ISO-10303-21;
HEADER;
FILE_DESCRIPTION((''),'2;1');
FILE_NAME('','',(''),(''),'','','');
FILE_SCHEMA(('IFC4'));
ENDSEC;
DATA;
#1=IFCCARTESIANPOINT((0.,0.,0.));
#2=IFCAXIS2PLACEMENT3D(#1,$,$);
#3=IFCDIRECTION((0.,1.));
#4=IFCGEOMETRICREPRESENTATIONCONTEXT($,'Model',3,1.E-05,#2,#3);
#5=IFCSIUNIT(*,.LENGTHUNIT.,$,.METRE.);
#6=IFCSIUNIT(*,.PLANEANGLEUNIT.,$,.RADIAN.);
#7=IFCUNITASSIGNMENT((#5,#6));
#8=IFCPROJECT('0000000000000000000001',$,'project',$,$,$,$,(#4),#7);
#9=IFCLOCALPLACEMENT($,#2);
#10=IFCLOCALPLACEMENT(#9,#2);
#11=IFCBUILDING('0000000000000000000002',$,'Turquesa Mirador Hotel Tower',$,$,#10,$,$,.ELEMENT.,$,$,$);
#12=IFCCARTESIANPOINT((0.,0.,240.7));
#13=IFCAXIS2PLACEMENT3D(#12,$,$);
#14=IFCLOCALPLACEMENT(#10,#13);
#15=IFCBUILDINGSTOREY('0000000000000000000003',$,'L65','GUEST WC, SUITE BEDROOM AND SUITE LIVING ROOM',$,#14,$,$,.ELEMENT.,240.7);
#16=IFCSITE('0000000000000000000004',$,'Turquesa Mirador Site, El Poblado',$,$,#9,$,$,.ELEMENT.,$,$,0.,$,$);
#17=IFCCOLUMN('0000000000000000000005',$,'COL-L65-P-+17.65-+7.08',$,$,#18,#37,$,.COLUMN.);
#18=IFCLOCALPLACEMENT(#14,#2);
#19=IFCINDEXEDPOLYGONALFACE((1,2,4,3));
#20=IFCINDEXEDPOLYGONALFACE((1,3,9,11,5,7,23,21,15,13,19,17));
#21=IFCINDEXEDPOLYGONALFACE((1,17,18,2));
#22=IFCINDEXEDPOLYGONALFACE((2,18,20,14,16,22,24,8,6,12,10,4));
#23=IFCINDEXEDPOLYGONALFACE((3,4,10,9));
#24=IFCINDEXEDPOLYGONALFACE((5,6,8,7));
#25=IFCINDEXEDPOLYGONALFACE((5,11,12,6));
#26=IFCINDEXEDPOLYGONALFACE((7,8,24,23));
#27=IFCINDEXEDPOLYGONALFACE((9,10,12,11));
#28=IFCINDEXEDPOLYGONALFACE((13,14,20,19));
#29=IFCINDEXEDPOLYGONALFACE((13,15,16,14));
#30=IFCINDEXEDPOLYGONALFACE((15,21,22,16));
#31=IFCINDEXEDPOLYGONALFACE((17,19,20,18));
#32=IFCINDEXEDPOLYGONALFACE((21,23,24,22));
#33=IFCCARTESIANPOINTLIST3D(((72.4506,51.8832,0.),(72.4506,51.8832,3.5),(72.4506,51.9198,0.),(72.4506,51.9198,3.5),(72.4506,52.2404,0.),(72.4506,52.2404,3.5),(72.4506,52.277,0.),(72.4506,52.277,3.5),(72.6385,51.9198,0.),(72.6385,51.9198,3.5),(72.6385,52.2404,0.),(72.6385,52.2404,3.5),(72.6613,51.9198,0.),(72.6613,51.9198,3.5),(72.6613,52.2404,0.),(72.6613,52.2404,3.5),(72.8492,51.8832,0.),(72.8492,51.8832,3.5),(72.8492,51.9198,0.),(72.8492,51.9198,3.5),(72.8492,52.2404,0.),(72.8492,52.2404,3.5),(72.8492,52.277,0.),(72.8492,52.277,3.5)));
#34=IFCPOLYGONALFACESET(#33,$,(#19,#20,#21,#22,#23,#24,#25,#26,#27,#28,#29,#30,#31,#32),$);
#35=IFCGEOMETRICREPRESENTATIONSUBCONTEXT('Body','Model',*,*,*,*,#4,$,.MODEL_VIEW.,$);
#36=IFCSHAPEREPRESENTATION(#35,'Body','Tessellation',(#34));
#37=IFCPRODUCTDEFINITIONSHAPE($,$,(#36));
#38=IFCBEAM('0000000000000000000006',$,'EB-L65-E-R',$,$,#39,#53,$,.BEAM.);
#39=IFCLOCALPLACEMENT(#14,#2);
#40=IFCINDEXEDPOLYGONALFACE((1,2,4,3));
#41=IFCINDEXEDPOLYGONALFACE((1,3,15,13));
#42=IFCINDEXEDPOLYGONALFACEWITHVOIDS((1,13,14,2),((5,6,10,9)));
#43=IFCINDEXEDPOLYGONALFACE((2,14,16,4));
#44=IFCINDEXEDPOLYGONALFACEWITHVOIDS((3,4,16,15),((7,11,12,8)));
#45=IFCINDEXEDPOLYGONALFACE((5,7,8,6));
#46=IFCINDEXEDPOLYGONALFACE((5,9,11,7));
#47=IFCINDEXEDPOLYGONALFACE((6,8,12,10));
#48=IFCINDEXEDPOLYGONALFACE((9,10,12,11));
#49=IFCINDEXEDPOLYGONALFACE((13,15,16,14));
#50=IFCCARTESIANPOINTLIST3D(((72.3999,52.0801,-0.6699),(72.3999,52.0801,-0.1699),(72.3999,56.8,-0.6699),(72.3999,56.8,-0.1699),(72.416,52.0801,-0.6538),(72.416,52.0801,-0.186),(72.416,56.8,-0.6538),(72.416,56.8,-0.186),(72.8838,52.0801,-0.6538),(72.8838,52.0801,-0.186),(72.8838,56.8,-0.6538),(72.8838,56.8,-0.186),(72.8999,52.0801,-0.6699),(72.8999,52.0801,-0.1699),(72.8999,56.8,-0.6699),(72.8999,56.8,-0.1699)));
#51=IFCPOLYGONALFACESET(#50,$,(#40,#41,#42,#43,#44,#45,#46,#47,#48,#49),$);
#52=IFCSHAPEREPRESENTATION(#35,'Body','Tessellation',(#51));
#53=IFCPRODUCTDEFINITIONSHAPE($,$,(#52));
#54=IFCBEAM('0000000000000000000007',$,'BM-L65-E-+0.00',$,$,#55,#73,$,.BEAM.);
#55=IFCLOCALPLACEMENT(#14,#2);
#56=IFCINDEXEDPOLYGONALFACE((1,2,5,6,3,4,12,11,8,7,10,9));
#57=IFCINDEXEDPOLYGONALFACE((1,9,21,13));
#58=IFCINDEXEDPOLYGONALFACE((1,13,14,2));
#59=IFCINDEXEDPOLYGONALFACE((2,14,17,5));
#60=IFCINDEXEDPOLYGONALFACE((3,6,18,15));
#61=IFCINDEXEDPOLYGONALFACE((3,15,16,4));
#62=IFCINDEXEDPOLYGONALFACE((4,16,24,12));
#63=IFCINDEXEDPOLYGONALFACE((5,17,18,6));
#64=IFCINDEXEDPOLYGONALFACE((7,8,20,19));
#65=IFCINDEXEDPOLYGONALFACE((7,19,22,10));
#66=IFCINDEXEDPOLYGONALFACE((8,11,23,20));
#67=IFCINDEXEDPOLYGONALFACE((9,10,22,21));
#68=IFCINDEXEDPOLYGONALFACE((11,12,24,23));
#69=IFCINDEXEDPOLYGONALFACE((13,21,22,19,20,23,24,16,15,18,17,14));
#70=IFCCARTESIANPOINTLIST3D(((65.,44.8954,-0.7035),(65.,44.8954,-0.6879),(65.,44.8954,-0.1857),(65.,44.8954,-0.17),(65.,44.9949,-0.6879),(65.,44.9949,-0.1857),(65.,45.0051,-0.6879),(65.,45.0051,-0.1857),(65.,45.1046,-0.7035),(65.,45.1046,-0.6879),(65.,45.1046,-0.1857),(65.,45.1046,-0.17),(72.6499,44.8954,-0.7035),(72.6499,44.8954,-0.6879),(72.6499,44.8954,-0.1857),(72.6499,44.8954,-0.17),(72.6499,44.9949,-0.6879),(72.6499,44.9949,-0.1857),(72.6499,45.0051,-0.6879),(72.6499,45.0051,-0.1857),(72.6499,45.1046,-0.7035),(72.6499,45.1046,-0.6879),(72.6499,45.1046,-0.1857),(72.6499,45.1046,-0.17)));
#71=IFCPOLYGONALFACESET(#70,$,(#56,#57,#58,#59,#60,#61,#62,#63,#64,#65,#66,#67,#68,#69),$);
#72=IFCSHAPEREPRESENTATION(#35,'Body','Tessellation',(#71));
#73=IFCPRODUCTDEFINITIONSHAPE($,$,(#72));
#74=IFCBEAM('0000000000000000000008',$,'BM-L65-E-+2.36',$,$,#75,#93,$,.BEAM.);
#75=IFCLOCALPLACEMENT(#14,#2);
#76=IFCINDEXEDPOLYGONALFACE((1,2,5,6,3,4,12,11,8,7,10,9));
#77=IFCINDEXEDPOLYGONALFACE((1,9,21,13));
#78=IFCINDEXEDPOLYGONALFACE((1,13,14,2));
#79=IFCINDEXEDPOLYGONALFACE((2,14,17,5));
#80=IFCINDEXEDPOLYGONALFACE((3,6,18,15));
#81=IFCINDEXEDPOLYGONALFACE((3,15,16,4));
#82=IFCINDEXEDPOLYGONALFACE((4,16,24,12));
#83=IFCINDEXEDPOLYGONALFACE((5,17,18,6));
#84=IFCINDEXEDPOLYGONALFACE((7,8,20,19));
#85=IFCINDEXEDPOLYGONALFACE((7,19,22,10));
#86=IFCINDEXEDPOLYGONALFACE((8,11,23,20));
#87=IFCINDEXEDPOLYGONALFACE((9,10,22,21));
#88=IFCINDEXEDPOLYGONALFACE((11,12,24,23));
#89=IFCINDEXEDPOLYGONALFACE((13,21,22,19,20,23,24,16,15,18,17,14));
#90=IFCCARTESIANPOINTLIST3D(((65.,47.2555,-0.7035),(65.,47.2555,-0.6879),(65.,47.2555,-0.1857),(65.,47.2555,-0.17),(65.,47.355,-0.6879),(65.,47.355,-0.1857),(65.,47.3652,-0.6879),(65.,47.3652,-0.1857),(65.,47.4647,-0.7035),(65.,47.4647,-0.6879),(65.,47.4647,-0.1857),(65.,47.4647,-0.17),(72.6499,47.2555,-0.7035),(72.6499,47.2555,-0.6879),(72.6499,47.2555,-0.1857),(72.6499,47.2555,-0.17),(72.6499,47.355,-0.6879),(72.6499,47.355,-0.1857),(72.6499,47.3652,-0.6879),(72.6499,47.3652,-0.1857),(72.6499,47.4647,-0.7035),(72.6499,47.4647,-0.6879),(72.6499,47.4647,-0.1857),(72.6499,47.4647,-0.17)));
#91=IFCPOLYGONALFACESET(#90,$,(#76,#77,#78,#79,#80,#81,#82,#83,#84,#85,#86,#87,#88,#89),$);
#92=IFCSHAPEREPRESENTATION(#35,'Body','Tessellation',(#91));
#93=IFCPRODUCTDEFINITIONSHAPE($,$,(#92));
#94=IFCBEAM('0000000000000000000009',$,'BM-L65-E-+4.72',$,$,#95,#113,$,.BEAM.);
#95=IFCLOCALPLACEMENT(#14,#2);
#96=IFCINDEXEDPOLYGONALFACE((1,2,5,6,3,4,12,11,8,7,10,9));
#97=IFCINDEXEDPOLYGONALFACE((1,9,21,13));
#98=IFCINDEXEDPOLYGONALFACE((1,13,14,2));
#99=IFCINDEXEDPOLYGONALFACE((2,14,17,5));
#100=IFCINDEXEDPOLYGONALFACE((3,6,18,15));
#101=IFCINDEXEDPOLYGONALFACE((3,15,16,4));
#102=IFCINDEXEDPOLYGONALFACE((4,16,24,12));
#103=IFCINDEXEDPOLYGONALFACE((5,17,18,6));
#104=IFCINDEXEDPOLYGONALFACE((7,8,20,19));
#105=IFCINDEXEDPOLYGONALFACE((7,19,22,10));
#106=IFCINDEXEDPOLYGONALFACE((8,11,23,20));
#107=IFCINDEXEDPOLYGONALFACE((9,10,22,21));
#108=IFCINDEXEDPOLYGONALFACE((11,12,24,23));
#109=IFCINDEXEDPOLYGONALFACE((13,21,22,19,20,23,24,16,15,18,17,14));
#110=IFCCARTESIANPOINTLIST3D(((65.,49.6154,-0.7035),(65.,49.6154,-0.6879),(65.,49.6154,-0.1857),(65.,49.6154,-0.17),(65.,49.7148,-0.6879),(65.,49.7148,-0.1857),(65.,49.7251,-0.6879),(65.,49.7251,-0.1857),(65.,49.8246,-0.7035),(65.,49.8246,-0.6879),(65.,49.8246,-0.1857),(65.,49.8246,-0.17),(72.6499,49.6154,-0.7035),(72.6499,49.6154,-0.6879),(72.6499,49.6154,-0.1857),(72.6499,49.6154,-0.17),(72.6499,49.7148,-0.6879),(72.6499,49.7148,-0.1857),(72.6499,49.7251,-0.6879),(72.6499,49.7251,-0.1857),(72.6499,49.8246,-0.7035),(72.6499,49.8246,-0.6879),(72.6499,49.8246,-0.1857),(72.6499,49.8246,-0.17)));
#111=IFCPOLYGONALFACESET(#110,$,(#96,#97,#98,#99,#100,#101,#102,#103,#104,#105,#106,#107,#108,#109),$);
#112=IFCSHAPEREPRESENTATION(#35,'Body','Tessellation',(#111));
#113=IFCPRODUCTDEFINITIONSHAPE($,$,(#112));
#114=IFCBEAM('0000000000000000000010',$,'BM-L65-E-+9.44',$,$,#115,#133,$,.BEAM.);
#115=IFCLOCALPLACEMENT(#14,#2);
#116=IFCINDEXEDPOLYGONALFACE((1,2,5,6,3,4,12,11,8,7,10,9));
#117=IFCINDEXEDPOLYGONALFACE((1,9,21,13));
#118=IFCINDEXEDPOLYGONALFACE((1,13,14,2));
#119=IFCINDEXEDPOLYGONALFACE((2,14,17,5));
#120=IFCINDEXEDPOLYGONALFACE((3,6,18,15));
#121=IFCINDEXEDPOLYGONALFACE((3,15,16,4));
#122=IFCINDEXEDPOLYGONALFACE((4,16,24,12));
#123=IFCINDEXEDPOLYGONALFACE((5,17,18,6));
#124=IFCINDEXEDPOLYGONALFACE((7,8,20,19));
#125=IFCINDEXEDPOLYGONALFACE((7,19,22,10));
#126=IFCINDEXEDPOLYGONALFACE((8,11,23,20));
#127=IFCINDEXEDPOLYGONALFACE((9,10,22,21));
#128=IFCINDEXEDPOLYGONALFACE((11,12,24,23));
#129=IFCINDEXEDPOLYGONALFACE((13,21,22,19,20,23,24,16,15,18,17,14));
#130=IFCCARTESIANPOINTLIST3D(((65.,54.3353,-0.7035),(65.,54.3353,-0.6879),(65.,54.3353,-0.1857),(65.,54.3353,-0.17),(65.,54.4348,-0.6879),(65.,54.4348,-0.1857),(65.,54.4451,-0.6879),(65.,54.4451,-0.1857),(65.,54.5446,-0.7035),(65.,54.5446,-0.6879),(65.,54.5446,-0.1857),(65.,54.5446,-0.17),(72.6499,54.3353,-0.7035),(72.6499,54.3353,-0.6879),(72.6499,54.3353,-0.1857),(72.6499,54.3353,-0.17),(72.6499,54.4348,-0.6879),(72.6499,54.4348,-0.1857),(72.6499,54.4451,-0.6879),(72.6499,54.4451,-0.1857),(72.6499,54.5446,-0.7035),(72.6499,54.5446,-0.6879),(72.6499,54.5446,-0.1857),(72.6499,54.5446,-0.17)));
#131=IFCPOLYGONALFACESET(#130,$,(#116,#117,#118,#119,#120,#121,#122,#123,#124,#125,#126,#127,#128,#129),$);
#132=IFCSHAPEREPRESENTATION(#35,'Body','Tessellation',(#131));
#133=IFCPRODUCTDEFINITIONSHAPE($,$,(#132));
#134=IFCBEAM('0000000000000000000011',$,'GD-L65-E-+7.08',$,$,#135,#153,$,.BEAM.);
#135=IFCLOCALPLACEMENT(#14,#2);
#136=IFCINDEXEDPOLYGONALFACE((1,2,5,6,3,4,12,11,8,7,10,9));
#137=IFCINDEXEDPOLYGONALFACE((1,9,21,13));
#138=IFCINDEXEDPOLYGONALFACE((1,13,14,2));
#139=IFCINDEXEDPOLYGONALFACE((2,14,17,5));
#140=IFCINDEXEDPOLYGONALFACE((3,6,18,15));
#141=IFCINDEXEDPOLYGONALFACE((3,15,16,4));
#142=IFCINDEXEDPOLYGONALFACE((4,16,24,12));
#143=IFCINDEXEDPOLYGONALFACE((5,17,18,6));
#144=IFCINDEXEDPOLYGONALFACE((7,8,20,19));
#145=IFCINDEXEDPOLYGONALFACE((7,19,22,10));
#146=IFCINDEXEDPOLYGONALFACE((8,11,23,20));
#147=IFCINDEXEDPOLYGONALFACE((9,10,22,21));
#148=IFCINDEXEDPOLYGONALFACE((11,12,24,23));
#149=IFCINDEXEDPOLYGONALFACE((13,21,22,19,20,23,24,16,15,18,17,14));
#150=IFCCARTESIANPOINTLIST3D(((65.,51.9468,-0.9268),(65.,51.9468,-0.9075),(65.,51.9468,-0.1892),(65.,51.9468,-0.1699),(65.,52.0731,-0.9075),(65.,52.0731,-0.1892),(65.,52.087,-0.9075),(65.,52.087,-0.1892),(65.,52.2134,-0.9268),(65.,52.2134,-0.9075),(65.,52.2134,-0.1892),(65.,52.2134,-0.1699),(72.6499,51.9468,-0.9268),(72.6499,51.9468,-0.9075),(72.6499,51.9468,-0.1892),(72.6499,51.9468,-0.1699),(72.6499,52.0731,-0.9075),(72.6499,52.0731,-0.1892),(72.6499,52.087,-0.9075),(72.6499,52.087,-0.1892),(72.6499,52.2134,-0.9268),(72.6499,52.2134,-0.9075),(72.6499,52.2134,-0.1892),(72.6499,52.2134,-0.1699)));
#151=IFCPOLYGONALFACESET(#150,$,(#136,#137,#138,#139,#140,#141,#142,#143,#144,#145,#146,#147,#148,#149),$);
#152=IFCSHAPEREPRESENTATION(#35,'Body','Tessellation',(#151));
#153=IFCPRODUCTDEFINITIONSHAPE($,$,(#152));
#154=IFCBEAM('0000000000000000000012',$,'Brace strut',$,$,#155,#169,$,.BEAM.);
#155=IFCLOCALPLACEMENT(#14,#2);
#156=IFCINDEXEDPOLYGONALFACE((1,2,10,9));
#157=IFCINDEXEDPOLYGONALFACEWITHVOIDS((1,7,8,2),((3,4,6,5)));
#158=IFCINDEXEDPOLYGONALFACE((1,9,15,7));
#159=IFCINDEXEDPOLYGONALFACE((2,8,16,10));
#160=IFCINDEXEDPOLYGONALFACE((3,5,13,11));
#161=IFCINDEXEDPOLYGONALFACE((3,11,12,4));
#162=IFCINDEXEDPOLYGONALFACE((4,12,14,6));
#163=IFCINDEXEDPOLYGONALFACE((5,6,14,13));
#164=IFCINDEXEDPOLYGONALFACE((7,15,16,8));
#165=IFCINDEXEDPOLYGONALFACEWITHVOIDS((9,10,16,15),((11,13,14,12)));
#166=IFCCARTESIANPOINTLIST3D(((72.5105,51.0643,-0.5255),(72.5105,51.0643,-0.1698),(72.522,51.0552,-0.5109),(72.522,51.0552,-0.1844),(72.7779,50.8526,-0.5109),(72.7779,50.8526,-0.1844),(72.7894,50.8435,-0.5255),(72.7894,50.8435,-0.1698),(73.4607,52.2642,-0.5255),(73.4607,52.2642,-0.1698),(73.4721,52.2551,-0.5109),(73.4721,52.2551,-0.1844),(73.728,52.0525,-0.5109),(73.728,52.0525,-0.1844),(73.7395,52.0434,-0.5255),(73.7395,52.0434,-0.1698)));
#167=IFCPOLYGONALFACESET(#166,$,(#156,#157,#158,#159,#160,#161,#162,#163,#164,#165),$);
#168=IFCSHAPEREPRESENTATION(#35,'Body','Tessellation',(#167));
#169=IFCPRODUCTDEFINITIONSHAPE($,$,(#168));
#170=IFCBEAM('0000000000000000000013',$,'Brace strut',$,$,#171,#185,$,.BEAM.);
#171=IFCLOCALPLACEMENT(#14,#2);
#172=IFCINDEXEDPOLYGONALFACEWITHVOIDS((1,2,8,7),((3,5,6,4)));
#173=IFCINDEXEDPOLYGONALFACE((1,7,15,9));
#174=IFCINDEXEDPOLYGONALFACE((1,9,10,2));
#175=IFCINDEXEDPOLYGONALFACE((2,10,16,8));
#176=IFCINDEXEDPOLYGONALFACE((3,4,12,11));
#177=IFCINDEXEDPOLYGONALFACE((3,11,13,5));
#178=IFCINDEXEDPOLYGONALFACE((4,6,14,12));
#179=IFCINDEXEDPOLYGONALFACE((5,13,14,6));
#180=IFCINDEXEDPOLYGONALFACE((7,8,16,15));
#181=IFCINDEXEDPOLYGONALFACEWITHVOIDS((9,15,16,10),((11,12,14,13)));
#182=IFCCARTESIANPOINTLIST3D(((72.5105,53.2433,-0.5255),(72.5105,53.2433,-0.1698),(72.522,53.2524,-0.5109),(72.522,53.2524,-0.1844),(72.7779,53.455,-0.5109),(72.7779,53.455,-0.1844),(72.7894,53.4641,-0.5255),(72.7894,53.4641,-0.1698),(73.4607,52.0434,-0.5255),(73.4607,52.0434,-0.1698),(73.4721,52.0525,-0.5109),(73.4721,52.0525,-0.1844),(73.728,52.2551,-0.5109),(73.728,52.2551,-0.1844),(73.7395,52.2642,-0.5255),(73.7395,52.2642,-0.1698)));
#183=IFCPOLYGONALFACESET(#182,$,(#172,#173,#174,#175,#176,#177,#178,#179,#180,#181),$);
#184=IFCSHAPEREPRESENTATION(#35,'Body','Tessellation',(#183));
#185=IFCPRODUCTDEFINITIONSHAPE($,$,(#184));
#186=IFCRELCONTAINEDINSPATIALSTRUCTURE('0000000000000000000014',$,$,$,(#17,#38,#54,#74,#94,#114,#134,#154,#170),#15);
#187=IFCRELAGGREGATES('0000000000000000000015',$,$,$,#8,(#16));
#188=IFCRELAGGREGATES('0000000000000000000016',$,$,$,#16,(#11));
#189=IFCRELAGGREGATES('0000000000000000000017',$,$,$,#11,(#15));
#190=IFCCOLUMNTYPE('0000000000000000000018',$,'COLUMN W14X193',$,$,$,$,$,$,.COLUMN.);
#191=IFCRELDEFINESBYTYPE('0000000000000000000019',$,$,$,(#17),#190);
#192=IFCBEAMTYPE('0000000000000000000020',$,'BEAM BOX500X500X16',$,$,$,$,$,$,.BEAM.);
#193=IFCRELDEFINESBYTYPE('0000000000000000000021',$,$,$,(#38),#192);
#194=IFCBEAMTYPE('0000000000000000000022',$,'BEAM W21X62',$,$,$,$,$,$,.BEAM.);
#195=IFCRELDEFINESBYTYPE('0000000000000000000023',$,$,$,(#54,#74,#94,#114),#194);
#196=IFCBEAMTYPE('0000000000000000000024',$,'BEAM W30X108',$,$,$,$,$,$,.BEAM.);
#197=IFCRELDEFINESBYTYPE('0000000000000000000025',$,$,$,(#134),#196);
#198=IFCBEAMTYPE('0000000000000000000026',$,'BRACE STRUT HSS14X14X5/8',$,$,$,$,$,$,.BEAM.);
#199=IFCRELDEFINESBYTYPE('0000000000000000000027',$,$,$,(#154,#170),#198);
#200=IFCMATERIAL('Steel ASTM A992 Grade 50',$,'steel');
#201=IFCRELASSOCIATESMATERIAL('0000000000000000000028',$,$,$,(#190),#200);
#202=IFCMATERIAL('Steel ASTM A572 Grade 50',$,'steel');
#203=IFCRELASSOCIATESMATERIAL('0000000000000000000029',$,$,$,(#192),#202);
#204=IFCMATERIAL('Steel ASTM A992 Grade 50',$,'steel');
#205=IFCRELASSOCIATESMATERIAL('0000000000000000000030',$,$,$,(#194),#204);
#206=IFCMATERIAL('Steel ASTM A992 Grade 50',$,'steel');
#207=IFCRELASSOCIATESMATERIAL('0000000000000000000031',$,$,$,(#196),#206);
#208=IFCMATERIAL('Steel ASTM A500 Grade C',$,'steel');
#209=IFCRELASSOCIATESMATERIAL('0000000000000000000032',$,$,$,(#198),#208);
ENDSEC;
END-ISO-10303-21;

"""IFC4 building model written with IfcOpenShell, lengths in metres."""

from ifc_helpers import new_model, si_unit, direction, frame, origin, origin_2d, place, context, subcontext, project, spatial, hollow_rectangle, i_section, extrude, material, material_profile, profile_set, type_object, element, save


model = new_model("IFC4")

# Units and contexts
model_context = context("Model", 3, precision=1e-05, world=origin(), true_north=direction((0.0, 1.0)))
body_context = subcontext(model_context, "Body", "Model", "MODEL_VIEW")
ifc_project = project(units=[si_unit("LENGTHUNIT", "METRE"), si_unit("PLANEANGLEUNIT", "RADIAN")], contexts=[model_context])

# Site, building, storey
site_placement = place(None, origin())
site = spatial("IfcSite", under=ifc_project, at=site_placement, Name="Turquesa Mirador Site, El Poblado", CompositionType="ELEMENT", RefElevation=0.0)
building_placement = place(site_placement, origin())
building = spatial("IfcBuilding", under=site, at=building_placement, Name="Turquesa Mirador Hotel Tower", CompositionType="ELEMENT")
storey_placement = place(building_placement, frame((0.0, 0.0, 240.7)))
storey = spatial("IfcBuildingStorey", under=building, at=storey_placement, Name="L65", Description="GUEST WC, SUITE BEDROOM AND SUITE LIVING ROOM", CompositionType="ELEMENT", Elevation=240.7)

# Column
ifc_material_1 = material(Name="Steel ASTM A992 Grade 50", Category="steel")
ifc_material_profile_1 = material_profile(ifc_material_1, i_section(OverallWidth=0.3987, OverallDepth=0.3938, WebThickness=0.0227, FlangeThickness=0.0366, at=origin_2d()), Name="W14X193")
ifc_profile_set_1 = profile_set([ifc_material_profile_1], Name="Steel ASTM A992 Grade 50")
column_type = type_object("IfcColumnType", Name="COLUMN W14X193", PredefinedType="COLUMN", material=ifc_profile_set_1)
column_placement = place(storey_placement, frame((72.6499, 52.0801, 0.0), z_axis=(0.0, 0.0, 1.0), x_axis=(1.0, 0.0, 0.0)))
element("IfcColumn", 1, at=column_placement, inside=storey, type_object=column_type, Name="COL-L65-P-+17.65-+7.08", PredefinedType="COLUMN", context=body_context, shape_type="SweptSolid", body=[
    extrude(i_section(OverallWidth=0.3987, OverallDepth=0.3938, WebThickness=0.0227, FlangeThickness=0.0366, at=origin_2d()), origin(), (0.0, 0.0, 1.0), 3.5),
])

# Beams
ifc_material_2 = material(Name="Steel ASTM A572 Grade 50", Category="steel")
ifc_material_profile_2 = material_profile(ifc_material_2, hollow_rectangle(XDim=0.5, YDim=0.5, WallThickness=0.0161, at=origin_2d()), Name="BOX500X500X16")
ifc_profile_set_2 = profile_set([ifc_material_profile_2], Name="Steel ASTM A572 Grade 50")
beam_type_1 = type_object("IfcBeamType", Name="BEAM BOX500X500X16", PredefinedType="BEAM", material=ifc_profile_set_2)
beam_1_placement = place(storey_placement, frame((72.6499, 52.0801, -0.4199), z_axis=(0.0, 1.0, 0.0), x_axis=(-1.0, 0.0, 0.0)))
element("IfcBeam", 2, at=beam_1_placement, inside=storey, type_object=beam_type_1, Name="EB-L65-E-R", PredefinedType="BEAM", context=body_context, shape_type="SweptSolid", body=[
    extrude(hollow_rectangle(XDim=0.5, YDim=0.5, WallThickness=0.0161, at=origin_2d()), origin(), (0.0, 0.0, 1.0), 4.72),
])
ifc_material_3 = material(Name="Steel ASTM A992 Grade 50", Category="steel")
ifc_material_profile_3 = material_profile(ifc_material_3, i_section(OverallWidth=0.2092, OverallDepth=0.5334, WebThickness=0.0103, FlangeThickness=0.0156, at=origin_2d()), Name="W21X62")
ifc_profile_set_3 = profile_set([ifc_material_profile_3], Name="Steel ASTM A992 Grade 50")
beam_type_2 = type_object("IfcBeamType", Name="BEAM W21X62", PredefinedType="BEAM", material=ifc_profile_set_3)
for number, where, z_axis, x_axis, name in (
    (3, (72.6499, 45.0, -0.4368), (-1.0, 0.0, 0.0), (0.0, -1.0, 0.0), "BM-L65-E-+0.00"),
    (4, (72.6499, 47.3601, -0.4368), (-1.0, 0.0, 0.0), (0.0, -1.0, 0.0), "BM-L65-E-+2.36"),
    (5, (72.6499, 49.72, -0.4368), (-1.0, 0.0, 0.0), (0.0, -1.0, 0.0), "BM-L65-E-+4.72"),
    (6, (72.6499, 54.4399, -0.4368), (-1.0, 0.0, 0.0), (0.0, -1.0, 0.0), "BM-L65-E-+9.44"),
):
    element("IfcBeam", number, at=place(storey_placement, frame(where, z_axis=z_axis, x_axis=x_axis)), inside=storey, type_object=beam_type_2, Name=name, PredefinedType="BEAM", context=body_context, shape_type="SweptSolid", body=[
        extrude(i_section(OverallWidth=0.2092, OverallDepth=0.5334, WebThickness=0.0103, FlangeThickness=0.0156, at=origin_2d()), origin(), (0.0, 0.0, 1.0), 7.6499),
    ])
ifc_material_4 = material(Name="Steel ASTM A992 Grade 50", Category="steel")
ifc_material_profile_4 = material_profile(ifc_material_4, i_section(OverallWidth=0.2666, OverallDepth=0.7568, WebThickness=0.0139, FlangeThickness=0.0193, at=origin_2d()), Name="W30X108")
ifc_profile_set_4 = profile_set([ifc_material_profile_4], Name="Steel ASTM A992 Grade 50")
beam_type_3 = type_object("IfcBeamType", Name="BEAM W30X108", PredefinedType="BEAM", material=ifc_profile_set_4)
beam_2_placement = place(storey_placement, frame((72.6499, 52.0801, -0.5483), z_axis=(-1.0, 0.0, 0.0), x_axis=(0.0, -1.0, 0.0)))
element("IfcBeam", 7, at=beam_2_placement, inside=storey, type_object=beam_type_3, Name="GD-L65-E-+7.08", PredefinedType="BEAM", context=body_context, shape_type="SweptSolid", body=[
    extrude(i_section(OverallWidth=0.2666, OverallDepth=0.7568, WebThickness=0.0139, FlangeThickness=0.0193, at=origin_2d()), origin(), (0.0, 0.0, 1.0), 7.6499),
])
ifc_material_5 = material(Name="Steel ASTM A500 Grade C", Category="steel")
ifc_material_profile_5 = material_profile(ifc_material_5, hollow_rectangle(XDim=0.3557, YDim=0.3557, WallThickness=0.0146, at=origin_2d()), Name="HSS14X14X5/8")
ifc_profile_set_5 = profile_set([ifc_material_profile_5], Name="Steel ASTM A500 Grade C")
beam_type_4 = type_object("IfcBeamType", Name="BRACE STRUT HSS14X14X5/8", PredefinedType="BEAM", material=ifc_profile_set_5)
for number, where, z_axis, x_axis, name in (
    (8, (73.6001, 52.1538, -0.3477), (-0.620797, -0.783971, 0.0), (0.783971, -0.620797, 0.0), "Brace strut"),
    (9, (73.6001, 52.1538, -0.3477), (-0.620797, 0.783971, 0.0), (-0.783971, -0.620797, 0.0), "Brace strut"),
):
    element("IfcBeam", number, at=place(storey_placement, frame(where, z_axis=z_axis, x_axis=x_axis)), inside=storey, type_object=beam_type_4, Name=name, PredefinedType="BEAM", context=body_context, shape_type="SweptSolid", body=[
        extrude(hollow_rectangle(XDim=0.3557, YDim=0.3557, WallThickness=0.0146, at=origin_2d()), origin(), (0.0, 0.0, 1.0), 1.5305),
    ])

save(model, "model.ifc")
